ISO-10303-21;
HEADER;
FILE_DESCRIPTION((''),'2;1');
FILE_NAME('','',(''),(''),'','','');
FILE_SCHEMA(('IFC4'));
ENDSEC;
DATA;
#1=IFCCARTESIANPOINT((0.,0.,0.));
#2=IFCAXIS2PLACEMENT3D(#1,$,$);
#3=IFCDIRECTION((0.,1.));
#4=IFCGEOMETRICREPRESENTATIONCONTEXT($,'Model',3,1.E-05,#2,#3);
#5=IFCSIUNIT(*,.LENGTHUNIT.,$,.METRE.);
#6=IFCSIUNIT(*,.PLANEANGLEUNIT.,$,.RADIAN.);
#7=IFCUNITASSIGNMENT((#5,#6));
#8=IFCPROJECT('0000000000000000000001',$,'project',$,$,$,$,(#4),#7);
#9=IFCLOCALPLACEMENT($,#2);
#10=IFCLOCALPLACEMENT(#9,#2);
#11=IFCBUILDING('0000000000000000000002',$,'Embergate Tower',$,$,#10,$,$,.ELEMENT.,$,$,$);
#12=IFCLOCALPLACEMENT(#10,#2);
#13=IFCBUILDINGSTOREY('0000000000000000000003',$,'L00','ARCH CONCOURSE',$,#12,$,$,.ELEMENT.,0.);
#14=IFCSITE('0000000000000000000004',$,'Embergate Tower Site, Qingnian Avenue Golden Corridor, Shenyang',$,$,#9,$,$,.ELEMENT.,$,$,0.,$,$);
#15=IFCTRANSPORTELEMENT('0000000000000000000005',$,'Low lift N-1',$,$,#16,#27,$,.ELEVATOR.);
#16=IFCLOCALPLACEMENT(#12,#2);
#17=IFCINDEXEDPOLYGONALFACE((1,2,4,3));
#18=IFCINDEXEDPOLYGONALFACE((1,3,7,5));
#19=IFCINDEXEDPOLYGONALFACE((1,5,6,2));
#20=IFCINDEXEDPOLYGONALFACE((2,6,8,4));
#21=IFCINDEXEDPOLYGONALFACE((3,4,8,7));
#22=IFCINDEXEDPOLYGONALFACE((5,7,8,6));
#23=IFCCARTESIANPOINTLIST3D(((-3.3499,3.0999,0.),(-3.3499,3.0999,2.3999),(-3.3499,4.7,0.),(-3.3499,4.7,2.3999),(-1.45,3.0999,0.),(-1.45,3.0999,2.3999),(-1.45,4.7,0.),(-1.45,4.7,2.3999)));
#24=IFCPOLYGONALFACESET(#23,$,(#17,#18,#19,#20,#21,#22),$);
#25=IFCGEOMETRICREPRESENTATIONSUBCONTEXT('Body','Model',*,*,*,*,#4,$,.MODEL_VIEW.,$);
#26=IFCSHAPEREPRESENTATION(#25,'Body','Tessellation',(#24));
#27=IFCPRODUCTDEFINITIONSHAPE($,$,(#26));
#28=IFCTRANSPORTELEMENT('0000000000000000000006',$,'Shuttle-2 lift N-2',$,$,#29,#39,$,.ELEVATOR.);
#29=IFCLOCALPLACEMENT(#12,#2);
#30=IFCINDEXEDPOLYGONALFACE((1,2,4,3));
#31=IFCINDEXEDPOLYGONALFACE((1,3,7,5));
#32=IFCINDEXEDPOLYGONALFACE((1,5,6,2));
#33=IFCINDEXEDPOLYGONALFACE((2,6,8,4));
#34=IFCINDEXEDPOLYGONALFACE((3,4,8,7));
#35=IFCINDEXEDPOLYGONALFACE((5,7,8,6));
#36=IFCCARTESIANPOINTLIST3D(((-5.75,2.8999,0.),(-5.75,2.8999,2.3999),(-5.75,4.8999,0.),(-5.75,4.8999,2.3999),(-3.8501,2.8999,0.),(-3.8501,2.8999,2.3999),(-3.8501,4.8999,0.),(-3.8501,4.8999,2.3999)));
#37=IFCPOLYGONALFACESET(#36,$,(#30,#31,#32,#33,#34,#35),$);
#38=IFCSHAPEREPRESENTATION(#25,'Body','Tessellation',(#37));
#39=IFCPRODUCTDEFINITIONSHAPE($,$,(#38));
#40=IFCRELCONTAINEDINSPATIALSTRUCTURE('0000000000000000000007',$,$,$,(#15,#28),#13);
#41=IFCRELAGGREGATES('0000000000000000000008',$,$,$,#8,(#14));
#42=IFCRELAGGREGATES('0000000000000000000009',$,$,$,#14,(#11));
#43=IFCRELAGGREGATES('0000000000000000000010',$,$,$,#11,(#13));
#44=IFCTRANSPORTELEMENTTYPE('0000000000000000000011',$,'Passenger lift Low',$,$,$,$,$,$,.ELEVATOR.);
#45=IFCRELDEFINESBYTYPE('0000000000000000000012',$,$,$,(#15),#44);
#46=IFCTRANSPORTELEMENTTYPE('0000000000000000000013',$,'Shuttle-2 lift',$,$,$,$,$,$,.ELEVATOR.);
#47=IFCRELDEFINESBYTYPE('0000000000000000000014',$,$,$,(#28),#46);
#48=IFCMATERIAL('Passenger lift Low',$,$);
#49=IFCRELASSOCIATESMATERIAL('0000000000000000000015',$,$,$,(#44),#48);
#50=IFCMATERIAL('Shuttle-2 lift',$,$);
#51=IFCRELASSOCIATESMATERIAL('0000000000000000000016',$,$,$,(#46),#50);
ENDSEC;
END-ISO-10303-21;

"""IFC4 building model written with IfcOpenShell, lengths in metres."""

from ifc_helpers import new_model, si_unit, direction, frame, origin, origin_2d, place, context, subcontext, project, spatial, rectangle, extrude, source, transform, mapped, material, type_object, element, save


model = new_model("IFC4")

# Units and contexts
model_context = context("Model", 3, precision=1e-05, world=origin(), true_north=direction((0.0, 1.0)))
body_context = subcontext(model_context, "Body", "Model", "MODEL_VIEW")
ifc_project = project(units=[si_unit("LENGTHUNIT", "METRE"), si_unit("PLANEANGLEUNIT", "RADIAN")], contexts=[model_context])

# Site, building, storey
site_placement = place(None, origin())
site = spatial("IfcSite", under=ifc_project, at=site_placement, Name="Embergate Tower Site, Qingnian Avenue Golden Corridor, Shenyang", CompositionType="ELEMENT", RefElevation=0.0)
building_placement = place(site_placement, origin())
building = spatial("IfcBuilding", under=site, at=building_placement, Name="Embergate Tower", CompositionType="ELEMENT")
storey_placement = place(building_placement, origin())
storey = spatial("IfcBuildingStorey", under=building, at=storey_placement, Name="L00", Description="ARCH CONCOURSE", CompositionType="ELEMENT", Elevation=0.0)

# Transport elements
ifc_material_1 = material(Name="Passenger lift Low")
transport_element_type_1 = type_object("IfcTransportElementType", Name="Passenger lift Low", PredefinedType="ELEVATOR", material=ifc_material_1)
shared_shape_1 = source(origin(), body_context, "Body", "SweptSolid", [
    extrude(rectangle(XDim=1.8999, YDim=1.6001, at=origin_2d()), origin(), (0.0, 0.0, 1.0), 2.3999),
])
transport_element_1_placement = place(storey_placement, frame((-2.3999, 3.8999, 0.0), z_axis=(0.0, 0.0, 1.0), x_axis=(1.0, 0.0, 0.0)))
element("IfcTransportElement", 1, at=transport_element_1_placement, inside=storey, type_object=transport_element_type_1, Name="Low lift N-1", PredefinedType="ELEVATOR", context=body_context, shape_type="MappedRepresentation", body=[
    mapped(shared_shape_1, transform((0.0, 0.0, 0.0))),
])
ifc_material_2 = material(Name="Shuttle-2 lift")
transport_element_type_2 = type_object("IfcTransportElementType", Name="Shuttle-2 lift", PredefinedType="ELEVATOR", material=ifc_material_2)
shared_shape_2 = source(origin(), body_context, "Body", "SweptSolid", [
    extrude(rectangle(XDim=1.8999, YDim=2.0, at=origin_2d()), origin(), (0.0, 0.0, 1.0), 2.3999),
])
transport_element_2_placement = place(storey_placement, frame((-4.8, 3.8999, 0.0), z_axis=(0.0, 0.0, 1.0), x_axis=(1.0, 0.0, 0.0)))
element("IfcTransportElement", 2, at=transport_element_2_placement, inside=storey, type_object=transport_element_type_2, Name="Shuttle-2 lift N-2", PredefinedType="ELEVATOR", context=body_context, shape_type="MappedRepresentation", body=[
    mapped(shared_shape_2, transform((0.0, 0.0, 0.0))),
])

save(model, "model.ifc")
